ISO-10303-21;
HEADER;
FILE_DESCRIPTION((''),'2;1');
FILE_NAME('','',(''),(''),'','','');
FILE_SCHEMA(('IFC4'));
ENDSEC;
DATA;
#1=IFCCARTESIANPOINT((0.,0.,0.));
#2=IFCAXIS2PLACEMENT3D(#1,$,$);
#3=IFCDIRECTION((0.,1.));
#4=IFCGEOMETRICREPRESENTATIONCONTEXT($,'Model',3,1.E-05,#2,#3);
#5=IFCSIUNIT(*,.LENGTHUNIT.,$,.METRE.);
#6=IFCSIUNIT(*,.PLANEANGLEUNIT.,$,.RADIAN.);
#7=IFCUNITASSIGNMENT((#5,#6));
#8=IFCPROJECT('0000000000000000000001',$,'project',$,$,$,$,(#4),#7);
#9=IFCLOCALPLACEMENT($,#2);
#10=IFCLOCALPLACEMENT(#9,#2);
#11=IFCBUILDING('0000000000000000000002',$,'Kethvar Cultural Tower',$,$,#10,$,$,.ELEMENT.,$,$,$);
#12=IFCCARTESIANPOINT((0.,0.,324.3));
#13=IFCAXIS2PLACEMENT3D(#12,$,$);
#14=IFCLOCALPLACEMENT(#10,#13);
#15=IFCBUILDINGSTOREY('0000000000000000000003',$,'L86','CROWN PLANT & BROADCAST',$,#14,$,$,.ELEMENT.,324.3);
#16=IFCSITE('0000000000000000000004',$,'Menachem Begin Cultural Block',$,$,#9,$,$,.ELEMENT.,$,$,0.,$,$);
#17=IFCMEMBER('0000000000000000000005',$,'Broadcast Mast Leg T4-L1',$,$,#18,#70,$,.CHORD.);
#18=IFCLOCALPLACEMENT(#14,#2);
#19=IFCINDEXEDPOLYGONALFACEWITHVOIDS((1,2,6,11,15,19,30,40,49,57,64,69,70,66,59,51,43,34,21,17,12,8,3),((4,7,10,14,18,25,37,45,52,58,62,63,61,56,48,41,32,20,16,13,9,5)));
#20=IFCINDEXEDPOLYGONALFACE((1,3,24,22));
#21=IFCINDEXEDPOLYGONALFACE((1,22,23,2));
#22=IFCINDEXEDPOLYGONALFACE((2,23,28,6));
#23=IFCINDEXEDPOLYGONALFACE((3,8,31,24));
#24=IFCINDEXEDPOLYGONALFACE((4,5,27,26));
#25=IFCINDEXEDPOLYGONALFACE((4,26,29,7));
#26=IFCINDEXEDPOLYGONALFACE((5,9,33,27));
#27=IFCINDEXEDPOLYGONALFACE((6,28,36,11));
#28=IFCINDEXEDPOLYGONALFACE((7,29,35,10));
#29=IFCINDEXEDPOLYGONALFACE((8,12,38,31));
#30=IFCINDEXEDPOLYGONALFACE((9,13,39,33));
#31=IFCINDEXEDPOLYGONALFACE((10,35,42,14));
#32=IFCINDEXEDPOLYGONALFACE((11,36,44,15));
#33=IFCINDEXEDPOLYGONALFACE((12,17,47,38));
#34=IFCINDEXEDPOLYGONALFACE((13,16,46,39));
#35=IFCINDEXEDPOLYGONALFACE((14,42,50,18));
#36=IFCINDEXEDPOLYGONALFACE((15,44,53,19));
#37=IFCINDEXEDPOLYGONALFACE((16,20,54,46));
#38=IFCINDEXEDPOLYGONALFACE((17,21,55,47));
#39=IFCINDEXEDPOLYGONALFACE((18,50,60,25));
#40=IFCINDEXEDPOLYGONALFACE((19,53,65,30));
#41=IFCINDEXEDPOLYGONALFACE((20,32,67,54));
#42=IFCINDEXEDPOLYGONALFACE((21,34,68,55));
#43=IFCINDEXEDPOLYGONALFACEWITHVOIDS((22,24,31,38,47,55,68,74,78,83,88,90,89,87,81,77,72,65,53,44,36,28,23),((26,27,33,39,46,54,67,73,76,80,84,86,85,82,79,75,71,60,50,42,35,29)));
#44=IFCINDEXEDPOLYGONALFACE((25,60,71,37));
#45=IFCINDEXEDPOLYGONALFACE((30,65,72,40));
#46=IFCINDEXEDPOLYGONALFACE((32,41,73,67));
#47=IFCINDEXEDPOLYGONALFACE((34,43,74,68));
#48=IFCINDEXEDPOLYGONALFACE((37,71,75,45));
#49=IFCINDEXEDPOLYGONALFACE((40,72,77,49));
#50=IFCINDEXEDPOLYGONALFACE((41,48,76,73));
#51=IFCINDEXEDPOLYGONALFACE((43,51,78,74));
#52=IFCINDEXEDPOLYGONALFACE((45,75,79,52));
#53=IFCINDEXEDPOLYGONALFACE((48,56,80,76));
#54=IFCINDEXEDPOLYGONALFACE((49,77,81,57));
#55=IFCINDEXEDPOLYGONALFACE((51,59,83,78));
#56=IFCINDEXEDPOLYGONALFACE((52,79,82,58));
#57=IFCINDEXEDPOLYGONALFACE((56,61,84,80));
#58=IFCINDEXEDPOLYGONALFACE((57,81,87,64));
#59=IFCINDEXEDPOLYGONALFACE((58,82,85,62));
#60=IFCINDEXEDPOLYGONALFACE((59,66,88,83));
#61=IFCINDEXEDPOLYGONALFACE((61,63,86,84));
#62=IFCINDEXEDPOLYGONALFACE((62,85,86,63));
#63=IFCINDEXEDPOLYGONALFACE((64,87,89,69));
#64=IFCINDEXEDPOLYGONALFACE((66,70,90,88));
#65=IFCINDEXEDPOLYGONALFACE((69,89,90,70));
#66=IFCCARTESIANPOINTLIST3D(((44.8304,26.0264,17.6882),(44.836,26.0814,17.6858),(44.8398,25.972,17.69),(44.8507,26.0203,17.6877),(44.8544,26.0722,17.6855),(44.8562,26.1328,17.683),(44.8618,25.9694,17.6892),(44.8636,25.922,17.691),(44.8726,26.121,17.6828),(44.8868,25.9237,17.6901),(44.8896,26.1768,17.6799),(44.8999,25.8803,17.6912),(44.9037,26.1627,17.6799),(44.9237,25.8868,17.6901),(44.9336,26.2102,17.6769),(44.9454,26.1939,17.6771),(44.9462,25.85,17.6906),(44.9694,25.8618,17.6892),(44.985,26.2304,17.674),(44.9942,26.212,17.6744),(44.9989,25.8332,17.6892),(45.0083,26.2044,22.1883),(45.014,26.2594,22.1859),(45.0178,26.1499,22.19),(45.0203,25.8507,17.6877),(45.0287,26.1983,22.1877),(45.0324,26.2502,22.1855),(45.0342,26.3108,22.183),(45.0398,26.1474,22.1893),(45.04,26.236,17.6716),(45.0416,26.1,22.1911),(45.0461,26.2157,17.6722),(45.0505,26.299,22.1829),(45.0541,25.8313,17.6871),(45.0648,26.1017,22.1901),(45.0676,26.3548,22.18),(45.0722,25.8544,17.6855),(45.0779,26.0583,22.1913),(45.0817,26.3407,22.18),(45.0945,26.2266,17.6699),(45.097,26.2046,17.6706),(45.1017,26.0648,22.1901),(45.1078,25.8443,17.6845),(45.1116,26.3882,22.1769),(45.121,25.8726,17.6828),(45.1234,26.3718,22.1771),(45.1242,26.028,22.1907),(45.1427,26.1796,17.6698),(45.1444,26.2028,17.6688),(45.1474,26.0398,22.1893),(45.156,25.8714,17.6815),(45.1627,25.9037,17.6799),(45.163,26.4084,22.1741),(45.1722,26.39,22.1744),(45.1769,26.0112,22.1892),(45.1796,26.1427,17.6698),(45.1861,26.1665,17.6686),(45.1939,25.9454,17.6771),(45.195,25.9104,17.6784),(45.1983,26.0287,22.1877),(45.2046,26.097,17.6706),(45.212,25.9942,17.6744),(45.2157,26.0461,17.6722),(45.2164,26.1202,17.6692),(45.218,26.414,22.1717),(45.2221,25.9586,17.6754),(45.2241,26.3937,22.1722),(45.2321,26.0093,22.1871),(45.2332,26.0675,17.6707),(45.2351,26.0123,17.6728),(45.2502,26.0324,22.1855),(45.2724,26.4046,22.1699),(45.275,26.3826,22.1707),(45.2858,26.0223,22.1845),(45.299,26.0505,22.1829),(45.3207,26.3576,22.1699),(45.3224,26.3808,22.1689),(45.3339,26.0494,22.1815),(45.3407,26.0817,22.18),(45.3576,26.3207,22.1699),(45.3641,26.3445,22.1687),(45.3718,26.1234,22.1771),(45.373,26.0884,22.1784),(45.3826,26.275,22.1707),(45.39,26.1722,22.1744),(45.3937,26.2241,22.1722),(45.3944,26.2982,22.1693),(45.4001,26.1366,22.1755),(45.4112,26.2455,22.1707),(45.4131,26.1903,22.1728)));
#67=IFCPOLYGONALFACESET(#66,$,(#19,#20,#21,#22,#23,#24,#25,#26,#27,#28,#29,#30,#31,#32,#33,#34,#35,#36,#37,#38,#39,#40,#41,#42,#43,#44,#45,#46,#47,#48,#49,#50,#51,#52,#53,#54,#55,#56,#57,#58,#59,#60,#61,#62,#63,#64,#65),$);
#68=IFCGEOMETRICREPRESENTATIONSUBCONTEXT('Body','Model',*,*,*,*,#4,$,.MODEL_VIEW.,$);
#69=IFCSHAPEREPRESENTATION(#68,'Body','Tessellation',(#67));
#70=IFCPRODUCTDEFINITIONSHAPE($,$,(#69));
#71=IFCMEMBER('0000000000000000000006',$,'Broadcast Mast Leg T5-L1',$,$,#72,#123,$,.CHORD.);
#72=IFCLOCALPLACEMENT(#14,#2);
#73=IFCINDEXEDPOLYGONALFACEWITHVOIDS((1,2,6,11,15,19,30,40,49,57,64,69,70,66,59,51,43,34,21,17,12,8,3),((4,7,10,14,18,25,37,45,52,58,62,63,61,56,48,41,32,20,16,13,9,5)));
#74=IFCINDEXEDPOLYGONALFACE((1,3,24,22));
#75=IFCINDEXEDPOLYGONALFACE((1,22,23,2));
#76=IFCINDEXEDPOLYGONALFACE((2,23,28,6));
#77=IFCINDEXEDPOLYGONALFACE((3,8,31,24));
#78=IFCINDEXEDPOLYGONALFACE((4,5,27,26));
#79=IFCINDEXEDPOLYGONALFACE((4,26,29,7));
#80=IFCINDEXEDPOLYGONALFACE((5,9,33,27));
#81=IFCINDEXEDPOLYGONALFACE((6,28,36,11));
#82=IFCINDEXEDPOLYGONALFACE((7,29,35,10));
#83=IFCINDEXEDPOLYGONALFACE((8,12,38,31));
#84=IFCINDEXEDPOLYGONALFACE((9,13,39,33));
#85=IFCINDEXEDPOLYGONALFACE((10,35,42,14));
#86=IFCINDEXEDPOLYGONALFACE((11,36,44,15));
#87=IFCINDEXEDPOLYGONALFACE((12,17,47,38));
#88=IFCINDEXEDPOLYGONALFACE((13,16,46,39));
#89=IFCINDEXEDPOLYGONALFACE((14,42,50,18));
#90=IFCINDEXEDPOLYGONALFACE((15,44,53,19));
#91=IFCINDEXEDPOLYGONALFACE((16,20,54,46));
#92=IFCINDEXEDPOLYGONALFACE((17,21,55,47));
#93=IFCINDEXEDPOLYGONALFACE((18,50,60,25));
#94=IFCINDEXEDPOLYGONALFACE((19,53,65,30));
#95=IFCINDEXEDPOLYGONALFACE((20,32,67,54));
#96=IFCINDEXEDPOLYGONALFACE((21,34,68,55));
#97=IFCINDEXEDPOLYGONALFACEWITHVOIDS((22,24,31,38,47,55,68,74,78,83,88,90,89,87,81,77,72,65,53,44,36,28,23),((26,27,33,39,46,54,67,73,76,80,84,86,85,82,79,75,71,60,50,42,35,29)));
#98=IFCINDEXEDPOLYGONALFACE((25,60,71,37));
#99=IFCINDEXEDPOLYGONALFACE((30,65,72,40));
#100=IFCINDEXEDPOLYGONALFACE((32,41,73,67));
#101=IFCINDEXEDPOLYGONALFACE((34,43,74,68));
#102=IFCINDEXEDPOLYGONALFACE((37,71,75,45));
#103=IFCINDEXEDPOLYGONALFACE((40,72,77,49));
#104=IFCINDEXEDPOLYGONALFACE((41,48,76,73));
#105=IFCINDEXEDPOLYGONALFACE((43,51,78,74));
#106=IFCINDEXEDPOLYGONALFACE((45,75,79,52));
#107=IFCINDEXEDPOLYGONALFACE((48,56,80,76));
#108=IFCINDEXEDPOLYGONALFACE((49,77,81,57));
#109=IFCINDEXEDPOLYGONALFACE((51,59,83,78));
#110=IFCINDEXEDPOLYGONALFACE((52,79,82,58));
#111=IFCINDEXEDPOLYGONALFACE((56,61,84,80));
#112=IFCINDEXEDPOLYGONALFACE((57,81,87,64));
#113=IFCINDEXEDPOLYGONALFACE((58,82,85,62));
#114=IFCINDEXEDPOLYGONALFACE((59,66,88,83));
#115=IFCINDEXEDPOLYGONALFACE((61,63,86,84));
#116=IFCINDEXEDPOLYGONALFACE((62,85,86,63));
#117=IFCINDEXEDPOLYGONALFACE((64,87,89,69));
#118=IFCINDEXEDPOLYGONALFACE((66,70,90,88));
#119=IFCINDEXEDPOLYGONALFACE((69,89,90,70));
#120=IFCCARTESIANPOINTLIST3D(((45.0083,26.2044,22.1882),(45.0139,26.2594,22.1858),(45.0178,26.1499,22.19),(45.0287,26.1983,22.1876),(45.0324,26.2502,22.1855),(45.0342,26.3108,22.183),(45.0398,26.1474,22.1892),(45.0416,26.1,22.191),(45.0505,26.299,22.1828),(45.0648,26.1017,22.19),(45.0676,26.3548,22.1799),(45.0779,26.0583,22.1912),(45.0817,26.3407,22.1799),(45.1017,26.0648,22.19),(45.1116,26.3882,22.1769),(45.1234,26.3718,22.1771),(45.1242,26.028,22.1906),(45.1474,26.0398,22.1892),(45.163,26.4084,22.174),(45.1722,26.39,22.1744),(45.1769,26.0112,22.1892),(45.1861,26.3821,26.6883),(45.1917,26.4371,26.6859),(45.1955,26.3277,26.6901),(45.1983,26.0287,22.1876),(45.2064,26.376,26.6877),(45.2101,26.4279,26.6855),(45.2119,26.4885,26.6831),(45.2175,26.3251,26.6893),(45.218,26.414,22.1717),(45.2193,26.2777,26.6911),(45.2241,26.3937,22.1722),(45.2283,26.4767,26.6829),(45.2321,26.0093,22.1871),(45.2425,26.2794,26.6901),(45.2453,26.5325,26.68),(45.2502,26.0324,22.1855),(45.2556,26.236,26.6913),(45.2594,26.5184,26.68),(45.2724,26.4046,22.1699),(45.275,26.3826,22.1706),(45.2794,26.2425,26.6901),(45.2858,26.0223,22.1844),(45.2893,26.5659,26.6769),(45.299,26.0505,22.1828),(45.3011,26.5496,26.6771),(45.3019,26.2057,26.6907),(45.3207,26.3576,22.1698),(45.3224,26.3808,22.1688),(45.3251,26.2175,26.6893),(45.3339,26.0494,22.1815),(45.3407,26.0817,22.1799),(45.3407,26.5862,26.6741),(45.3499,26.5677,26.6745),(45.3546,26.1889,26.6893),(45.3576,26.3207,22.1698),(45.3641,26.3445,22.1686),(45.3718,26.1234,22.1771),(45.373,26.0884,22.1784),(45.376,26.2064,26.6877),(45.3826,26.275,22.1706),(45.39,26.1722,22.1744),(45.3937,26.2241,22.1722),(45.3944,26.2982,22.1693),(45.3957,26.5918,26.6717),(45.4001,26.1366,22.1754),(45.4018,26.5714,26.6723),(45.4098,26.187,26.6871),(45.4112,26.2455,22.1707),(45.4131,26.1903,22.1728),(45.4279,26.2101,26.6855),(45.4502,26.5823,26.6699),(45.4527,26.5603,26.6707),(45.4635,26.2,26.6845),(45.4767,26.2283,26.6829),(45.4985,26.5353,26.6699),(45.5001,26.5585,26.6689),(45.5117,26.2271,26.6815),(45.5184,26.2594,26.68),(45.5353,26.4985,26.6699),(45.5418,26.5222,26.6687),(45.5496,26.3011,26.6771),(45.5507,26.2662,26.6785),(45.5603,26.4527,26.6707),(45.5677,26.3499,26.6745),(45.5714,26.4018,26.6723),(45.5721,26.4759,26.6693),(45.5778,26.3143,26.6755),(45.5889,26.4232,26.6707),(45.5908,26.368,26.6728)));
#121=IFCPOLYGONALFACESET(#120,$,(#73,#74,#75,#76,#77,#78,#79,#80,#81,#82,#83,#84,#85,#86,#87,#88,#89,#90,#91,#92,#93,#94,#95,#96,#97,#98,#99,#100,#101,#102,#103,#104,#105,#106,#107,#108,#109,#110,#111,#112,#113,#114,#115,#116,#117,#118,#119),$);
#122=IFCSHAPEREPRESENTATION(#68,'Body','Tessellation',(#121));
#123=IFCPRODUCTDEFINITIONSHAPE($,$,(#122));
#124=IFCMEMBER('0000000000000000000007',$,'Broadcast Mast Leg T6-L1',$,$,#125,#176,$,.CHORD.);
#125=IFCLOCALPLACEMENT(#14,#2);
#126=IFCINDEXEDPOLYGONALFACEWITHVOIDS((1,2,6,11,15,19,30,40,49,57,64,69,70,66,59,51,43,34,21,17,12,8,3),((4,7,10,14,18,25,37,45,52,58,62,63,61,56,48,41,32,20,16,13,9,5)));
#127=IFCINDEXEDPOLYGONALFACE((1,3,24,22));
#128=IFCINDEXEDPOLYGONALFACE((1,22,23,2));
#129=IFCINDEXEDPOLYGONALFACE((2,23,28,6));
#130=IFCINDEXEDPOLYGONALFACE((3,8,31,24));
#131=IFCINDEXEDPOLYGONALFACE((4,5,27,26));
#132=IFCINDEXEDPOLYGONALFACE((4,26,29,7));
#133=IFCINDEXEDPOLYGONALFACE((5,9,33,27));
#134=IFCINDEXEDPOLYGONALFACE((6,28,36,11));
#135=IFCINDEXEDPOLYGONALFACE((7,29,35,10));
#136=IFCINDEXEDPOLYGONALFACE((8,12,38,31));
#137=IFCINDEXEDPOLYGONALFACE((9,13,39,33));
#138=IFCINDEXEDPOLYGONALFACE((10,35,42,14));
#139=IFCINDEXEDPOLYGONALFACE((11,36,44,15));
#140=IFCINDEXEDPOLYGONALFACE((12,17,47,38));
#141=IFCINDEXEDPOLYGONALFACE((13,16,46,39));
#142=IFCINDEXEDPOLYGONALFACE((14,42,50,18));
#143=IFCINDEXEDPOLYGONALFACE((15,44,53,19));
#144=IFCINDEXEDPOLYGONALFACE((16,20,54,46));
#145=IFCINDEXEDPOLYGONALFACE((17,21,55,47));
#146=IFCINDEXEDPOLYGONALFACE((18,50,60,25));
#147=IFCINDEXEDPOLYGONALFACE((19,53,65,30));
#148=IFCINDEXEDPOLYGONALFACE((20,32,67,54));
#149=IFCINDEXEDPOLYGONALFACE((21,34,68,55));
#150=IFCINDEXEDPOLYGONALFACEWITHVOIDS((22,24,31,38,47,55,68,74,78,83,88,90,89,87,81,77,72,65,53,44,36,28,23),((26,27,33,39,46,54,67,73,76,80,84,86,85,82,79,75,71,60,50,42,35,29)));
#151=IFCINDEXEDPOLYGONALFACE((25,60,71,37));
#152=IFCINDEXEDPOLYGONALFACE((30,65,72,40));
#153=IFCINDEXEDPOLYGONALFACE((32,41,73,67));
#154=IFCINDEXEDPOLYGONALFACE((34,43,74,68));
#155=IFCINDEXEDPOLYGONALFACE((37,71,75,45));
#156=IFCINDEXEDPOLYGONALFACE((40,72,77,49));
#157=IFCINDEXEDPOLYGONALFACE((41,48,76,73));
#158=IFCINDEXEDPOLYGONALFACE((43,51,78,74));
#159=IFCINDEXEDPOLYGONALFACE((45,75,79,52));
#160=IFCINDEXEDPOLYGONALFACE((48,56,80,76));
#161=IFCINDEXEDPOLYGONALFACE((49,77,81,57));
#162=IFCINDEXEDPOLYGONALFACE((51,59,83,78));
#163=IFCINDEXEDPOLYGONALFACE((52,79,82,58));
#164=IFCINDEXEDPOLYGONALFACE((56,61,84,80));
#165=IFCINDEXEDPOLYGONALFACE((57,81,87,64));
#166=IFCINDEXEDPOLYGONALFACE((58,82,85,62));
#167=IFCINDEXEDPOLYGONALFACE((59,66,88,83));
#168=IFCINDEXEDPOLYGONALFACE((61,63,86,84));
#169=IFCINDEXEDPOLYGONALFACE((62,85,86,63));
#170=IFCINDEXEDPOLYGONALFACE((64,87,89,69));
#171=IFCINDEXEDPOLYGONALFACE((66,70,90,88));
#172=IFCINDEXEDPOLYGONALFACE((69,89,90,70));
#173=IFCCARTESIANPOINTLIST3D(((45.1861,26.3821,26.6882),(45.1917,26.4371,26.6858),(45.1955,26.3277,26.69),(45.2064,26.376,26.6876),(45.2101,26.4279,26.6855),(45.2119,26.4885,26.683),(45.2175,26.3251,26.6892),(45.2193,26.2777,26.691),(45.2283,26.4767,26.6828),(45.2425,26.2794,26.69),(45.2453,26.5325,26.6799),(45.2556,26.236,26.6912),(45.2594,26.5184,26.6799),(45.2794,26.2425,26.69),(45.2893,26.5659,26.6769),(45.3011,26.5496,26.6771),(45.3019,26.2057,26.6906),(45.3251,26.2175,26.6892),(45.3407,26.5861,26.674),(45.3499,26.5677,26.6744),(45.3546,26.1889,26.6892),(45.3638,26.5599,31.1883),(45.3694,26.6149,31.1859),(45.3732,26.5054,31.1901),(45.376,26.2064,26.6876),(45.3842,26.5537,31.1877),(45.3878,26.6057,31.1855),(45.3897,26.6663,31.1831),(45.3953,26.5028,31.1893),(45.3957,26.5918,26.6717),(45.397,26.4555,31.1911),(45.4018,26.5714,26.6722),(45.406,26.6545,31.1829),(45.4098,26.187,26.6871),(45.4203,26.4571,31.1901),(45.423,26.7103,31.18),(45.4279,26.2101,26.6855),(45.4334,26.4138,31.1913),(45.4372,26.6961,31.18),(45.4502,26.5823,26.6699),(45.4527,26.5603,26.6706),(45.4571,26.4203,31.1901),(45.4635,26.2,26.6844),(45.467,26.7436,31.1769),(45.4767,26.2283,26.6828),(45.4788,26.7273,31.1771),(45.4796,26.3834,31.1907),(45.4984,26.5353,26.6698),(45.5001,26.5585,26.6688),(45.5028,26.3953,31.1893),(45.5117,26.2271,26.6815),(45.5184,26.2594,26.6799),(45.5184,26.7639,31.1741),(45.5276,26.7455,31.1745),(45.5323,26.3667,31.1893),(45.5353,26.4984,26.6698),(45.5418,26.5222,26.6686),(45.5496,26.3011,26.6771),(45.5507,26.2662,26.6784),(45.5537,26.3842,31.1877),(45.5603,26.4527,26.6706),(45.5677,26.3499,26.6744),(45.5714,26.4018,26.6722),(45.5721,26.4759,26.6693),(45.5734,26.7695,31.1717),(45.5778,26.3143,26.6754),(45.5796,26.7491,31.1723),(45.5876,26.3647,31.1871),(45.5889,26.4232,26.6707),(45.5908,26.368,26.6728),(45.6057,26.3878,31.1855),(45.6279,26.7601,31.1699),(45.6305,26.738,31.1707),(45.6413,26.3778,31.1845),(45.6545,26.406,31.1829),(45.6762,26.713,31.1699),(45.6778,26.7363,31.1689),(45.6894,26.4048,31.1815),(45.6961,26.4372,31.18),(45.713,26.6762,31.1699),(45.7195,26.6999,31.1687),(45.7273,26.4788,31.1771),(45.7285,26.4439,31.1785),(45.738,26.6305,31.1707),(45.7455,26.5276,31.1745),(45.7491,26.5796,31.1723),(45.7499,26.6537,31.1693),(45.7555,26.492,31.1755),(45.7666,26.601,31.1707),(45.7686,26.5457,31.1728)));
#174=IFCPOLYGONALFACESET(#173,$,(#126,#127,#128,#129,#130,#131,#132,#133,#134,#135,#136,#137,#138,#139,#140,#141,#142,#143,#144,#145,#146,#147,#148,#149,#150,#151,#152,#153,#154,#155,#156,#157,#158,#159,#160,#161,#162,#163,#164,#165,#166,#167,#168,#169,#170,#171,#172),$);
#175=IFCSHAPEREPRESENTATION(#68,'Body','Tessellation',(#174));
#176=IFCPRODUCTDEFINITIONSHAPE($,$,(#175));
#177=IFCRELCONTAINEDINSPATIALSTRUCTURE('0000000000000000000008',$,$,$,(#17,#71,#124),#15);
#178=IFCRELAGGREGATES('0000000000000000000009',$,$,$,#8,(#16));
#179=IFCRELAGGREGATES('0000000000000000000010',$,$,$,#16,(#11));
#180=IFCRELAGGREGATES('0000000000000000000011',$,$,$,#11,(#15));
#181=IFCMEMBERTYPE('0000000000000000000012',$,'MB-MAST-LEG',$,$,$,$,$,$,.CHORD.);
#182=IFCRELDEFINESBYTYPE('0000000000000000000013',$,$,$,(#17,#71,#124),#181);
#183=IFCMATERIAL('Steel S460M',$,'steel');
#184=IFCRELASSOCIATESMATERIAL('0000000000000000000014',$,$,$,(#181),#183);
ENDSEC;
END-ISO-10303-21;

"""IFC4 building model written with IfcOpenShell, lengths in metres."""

from ifc_helpers import new_model, si_unit, direction, frame, origin, origin_2d, place, context, subcontext, project, spatial, hollow_circle, extrude, source, transform, mapped, material, material_profile, profile_set, type_object, element, save


model = new_model("IFC4")

# Units and contexts
model_context = context("Model", 3, precision=1e-05, world=origin(), true_north=direction((0.0, 1.0)))
body_context = subcontext(model_context, "Body", "Model", "MODEL_VIEW")
ifc_project = project(units=[si_unit("LENGTHUNIT", "METRE"), si_unit("PLANEANGLEUNIT", "RADIAN")], contexts=[model_context])

# Site, building, storey
site_placement = place(None, origin())
site = spatial("IfcSite", under=ifc_project, at=site_placement, Name="Menachem Begin Cultural Block", CompositionType="ELEMENT", RefElevation=0.0)
building_placement = place(site_placement, origin())
building = spatial("IfcBuilding", under=site, at=building_placement, Name="Kethvar Cultural Tower", CompositionType="ELEMENT")
storey_placement = place(building_placement, frame((0.0, 0.0, 324.3)))
storey = spatial("IfcBuildingStorey", under=building, at=storey_placement, Name="L86", Description="CROWN PLANT & BROADCAST", CompositionType="ELEMENT", Elevation=324.3)

# Members
ifc_material_1 = material(Name="Steel S460M", Category="steel")
ifc_material_profile_1 = material_profile(ifc_material_1, hollow_circle(Radius=0.2031, WallThickness=0.02, at=origin_2d()), Name="Steel S460M — CHS406x20")
ifc_profile_set_1 = profile_set([ifc_material_profile_1], Name="Steel S460M — CHS406x20")
member_type_1 = type_object("IfcMemberType", Name="MB-MAST-LEG", PredefinedType="CHORD", material=ifc_profile_set_1)
shared_shape_1 = source(origin(), body_context, "Body", "SweptSolid", [
    extrude(hollow_circle(Radius=0.2031, WallThickness=0.02, at=origin_2d()), origin(), (0.0, 0.0, 1.0), 4.5071),
])
for number, where, z_axis, x_axis, name in (
    (1, (45.0332, 26.0332, 17.6799), (0.039489, 0.039489, 0.998439), (-0.707107, 0.707107, 0.0), "Broadcast Mast Leg T4-L1"),
    (2, (45.2112, 26.2112, 22.1799), (0.039435, 0.039435, 0.998444), (-0.707107, 0.707107, 0.0), "Broadcast Mast Leg T5-L1"),
    (3, (45.3889, 26.3889, 26.6799), (0.039435, 0.039435, 0.998444), (-0.707107, 0.707107, 0.0), "Broadcast Mast Leg T6-L1"),
):
    element("IfcMember", number, at=place(storey_placement, frame(where, z_axis=z_axis, x_axis=x_axis)), inside=storey, type_object=member_type_1, Name=name, PredefinedType="CHORD", context=body_context, shape_type="MappedRepresentation", body=[
        mapped(shared_shape_1, transform((0.0, 0.0, 0.0), scale=1.0)),
    ])

save(model, "model.ifc")
